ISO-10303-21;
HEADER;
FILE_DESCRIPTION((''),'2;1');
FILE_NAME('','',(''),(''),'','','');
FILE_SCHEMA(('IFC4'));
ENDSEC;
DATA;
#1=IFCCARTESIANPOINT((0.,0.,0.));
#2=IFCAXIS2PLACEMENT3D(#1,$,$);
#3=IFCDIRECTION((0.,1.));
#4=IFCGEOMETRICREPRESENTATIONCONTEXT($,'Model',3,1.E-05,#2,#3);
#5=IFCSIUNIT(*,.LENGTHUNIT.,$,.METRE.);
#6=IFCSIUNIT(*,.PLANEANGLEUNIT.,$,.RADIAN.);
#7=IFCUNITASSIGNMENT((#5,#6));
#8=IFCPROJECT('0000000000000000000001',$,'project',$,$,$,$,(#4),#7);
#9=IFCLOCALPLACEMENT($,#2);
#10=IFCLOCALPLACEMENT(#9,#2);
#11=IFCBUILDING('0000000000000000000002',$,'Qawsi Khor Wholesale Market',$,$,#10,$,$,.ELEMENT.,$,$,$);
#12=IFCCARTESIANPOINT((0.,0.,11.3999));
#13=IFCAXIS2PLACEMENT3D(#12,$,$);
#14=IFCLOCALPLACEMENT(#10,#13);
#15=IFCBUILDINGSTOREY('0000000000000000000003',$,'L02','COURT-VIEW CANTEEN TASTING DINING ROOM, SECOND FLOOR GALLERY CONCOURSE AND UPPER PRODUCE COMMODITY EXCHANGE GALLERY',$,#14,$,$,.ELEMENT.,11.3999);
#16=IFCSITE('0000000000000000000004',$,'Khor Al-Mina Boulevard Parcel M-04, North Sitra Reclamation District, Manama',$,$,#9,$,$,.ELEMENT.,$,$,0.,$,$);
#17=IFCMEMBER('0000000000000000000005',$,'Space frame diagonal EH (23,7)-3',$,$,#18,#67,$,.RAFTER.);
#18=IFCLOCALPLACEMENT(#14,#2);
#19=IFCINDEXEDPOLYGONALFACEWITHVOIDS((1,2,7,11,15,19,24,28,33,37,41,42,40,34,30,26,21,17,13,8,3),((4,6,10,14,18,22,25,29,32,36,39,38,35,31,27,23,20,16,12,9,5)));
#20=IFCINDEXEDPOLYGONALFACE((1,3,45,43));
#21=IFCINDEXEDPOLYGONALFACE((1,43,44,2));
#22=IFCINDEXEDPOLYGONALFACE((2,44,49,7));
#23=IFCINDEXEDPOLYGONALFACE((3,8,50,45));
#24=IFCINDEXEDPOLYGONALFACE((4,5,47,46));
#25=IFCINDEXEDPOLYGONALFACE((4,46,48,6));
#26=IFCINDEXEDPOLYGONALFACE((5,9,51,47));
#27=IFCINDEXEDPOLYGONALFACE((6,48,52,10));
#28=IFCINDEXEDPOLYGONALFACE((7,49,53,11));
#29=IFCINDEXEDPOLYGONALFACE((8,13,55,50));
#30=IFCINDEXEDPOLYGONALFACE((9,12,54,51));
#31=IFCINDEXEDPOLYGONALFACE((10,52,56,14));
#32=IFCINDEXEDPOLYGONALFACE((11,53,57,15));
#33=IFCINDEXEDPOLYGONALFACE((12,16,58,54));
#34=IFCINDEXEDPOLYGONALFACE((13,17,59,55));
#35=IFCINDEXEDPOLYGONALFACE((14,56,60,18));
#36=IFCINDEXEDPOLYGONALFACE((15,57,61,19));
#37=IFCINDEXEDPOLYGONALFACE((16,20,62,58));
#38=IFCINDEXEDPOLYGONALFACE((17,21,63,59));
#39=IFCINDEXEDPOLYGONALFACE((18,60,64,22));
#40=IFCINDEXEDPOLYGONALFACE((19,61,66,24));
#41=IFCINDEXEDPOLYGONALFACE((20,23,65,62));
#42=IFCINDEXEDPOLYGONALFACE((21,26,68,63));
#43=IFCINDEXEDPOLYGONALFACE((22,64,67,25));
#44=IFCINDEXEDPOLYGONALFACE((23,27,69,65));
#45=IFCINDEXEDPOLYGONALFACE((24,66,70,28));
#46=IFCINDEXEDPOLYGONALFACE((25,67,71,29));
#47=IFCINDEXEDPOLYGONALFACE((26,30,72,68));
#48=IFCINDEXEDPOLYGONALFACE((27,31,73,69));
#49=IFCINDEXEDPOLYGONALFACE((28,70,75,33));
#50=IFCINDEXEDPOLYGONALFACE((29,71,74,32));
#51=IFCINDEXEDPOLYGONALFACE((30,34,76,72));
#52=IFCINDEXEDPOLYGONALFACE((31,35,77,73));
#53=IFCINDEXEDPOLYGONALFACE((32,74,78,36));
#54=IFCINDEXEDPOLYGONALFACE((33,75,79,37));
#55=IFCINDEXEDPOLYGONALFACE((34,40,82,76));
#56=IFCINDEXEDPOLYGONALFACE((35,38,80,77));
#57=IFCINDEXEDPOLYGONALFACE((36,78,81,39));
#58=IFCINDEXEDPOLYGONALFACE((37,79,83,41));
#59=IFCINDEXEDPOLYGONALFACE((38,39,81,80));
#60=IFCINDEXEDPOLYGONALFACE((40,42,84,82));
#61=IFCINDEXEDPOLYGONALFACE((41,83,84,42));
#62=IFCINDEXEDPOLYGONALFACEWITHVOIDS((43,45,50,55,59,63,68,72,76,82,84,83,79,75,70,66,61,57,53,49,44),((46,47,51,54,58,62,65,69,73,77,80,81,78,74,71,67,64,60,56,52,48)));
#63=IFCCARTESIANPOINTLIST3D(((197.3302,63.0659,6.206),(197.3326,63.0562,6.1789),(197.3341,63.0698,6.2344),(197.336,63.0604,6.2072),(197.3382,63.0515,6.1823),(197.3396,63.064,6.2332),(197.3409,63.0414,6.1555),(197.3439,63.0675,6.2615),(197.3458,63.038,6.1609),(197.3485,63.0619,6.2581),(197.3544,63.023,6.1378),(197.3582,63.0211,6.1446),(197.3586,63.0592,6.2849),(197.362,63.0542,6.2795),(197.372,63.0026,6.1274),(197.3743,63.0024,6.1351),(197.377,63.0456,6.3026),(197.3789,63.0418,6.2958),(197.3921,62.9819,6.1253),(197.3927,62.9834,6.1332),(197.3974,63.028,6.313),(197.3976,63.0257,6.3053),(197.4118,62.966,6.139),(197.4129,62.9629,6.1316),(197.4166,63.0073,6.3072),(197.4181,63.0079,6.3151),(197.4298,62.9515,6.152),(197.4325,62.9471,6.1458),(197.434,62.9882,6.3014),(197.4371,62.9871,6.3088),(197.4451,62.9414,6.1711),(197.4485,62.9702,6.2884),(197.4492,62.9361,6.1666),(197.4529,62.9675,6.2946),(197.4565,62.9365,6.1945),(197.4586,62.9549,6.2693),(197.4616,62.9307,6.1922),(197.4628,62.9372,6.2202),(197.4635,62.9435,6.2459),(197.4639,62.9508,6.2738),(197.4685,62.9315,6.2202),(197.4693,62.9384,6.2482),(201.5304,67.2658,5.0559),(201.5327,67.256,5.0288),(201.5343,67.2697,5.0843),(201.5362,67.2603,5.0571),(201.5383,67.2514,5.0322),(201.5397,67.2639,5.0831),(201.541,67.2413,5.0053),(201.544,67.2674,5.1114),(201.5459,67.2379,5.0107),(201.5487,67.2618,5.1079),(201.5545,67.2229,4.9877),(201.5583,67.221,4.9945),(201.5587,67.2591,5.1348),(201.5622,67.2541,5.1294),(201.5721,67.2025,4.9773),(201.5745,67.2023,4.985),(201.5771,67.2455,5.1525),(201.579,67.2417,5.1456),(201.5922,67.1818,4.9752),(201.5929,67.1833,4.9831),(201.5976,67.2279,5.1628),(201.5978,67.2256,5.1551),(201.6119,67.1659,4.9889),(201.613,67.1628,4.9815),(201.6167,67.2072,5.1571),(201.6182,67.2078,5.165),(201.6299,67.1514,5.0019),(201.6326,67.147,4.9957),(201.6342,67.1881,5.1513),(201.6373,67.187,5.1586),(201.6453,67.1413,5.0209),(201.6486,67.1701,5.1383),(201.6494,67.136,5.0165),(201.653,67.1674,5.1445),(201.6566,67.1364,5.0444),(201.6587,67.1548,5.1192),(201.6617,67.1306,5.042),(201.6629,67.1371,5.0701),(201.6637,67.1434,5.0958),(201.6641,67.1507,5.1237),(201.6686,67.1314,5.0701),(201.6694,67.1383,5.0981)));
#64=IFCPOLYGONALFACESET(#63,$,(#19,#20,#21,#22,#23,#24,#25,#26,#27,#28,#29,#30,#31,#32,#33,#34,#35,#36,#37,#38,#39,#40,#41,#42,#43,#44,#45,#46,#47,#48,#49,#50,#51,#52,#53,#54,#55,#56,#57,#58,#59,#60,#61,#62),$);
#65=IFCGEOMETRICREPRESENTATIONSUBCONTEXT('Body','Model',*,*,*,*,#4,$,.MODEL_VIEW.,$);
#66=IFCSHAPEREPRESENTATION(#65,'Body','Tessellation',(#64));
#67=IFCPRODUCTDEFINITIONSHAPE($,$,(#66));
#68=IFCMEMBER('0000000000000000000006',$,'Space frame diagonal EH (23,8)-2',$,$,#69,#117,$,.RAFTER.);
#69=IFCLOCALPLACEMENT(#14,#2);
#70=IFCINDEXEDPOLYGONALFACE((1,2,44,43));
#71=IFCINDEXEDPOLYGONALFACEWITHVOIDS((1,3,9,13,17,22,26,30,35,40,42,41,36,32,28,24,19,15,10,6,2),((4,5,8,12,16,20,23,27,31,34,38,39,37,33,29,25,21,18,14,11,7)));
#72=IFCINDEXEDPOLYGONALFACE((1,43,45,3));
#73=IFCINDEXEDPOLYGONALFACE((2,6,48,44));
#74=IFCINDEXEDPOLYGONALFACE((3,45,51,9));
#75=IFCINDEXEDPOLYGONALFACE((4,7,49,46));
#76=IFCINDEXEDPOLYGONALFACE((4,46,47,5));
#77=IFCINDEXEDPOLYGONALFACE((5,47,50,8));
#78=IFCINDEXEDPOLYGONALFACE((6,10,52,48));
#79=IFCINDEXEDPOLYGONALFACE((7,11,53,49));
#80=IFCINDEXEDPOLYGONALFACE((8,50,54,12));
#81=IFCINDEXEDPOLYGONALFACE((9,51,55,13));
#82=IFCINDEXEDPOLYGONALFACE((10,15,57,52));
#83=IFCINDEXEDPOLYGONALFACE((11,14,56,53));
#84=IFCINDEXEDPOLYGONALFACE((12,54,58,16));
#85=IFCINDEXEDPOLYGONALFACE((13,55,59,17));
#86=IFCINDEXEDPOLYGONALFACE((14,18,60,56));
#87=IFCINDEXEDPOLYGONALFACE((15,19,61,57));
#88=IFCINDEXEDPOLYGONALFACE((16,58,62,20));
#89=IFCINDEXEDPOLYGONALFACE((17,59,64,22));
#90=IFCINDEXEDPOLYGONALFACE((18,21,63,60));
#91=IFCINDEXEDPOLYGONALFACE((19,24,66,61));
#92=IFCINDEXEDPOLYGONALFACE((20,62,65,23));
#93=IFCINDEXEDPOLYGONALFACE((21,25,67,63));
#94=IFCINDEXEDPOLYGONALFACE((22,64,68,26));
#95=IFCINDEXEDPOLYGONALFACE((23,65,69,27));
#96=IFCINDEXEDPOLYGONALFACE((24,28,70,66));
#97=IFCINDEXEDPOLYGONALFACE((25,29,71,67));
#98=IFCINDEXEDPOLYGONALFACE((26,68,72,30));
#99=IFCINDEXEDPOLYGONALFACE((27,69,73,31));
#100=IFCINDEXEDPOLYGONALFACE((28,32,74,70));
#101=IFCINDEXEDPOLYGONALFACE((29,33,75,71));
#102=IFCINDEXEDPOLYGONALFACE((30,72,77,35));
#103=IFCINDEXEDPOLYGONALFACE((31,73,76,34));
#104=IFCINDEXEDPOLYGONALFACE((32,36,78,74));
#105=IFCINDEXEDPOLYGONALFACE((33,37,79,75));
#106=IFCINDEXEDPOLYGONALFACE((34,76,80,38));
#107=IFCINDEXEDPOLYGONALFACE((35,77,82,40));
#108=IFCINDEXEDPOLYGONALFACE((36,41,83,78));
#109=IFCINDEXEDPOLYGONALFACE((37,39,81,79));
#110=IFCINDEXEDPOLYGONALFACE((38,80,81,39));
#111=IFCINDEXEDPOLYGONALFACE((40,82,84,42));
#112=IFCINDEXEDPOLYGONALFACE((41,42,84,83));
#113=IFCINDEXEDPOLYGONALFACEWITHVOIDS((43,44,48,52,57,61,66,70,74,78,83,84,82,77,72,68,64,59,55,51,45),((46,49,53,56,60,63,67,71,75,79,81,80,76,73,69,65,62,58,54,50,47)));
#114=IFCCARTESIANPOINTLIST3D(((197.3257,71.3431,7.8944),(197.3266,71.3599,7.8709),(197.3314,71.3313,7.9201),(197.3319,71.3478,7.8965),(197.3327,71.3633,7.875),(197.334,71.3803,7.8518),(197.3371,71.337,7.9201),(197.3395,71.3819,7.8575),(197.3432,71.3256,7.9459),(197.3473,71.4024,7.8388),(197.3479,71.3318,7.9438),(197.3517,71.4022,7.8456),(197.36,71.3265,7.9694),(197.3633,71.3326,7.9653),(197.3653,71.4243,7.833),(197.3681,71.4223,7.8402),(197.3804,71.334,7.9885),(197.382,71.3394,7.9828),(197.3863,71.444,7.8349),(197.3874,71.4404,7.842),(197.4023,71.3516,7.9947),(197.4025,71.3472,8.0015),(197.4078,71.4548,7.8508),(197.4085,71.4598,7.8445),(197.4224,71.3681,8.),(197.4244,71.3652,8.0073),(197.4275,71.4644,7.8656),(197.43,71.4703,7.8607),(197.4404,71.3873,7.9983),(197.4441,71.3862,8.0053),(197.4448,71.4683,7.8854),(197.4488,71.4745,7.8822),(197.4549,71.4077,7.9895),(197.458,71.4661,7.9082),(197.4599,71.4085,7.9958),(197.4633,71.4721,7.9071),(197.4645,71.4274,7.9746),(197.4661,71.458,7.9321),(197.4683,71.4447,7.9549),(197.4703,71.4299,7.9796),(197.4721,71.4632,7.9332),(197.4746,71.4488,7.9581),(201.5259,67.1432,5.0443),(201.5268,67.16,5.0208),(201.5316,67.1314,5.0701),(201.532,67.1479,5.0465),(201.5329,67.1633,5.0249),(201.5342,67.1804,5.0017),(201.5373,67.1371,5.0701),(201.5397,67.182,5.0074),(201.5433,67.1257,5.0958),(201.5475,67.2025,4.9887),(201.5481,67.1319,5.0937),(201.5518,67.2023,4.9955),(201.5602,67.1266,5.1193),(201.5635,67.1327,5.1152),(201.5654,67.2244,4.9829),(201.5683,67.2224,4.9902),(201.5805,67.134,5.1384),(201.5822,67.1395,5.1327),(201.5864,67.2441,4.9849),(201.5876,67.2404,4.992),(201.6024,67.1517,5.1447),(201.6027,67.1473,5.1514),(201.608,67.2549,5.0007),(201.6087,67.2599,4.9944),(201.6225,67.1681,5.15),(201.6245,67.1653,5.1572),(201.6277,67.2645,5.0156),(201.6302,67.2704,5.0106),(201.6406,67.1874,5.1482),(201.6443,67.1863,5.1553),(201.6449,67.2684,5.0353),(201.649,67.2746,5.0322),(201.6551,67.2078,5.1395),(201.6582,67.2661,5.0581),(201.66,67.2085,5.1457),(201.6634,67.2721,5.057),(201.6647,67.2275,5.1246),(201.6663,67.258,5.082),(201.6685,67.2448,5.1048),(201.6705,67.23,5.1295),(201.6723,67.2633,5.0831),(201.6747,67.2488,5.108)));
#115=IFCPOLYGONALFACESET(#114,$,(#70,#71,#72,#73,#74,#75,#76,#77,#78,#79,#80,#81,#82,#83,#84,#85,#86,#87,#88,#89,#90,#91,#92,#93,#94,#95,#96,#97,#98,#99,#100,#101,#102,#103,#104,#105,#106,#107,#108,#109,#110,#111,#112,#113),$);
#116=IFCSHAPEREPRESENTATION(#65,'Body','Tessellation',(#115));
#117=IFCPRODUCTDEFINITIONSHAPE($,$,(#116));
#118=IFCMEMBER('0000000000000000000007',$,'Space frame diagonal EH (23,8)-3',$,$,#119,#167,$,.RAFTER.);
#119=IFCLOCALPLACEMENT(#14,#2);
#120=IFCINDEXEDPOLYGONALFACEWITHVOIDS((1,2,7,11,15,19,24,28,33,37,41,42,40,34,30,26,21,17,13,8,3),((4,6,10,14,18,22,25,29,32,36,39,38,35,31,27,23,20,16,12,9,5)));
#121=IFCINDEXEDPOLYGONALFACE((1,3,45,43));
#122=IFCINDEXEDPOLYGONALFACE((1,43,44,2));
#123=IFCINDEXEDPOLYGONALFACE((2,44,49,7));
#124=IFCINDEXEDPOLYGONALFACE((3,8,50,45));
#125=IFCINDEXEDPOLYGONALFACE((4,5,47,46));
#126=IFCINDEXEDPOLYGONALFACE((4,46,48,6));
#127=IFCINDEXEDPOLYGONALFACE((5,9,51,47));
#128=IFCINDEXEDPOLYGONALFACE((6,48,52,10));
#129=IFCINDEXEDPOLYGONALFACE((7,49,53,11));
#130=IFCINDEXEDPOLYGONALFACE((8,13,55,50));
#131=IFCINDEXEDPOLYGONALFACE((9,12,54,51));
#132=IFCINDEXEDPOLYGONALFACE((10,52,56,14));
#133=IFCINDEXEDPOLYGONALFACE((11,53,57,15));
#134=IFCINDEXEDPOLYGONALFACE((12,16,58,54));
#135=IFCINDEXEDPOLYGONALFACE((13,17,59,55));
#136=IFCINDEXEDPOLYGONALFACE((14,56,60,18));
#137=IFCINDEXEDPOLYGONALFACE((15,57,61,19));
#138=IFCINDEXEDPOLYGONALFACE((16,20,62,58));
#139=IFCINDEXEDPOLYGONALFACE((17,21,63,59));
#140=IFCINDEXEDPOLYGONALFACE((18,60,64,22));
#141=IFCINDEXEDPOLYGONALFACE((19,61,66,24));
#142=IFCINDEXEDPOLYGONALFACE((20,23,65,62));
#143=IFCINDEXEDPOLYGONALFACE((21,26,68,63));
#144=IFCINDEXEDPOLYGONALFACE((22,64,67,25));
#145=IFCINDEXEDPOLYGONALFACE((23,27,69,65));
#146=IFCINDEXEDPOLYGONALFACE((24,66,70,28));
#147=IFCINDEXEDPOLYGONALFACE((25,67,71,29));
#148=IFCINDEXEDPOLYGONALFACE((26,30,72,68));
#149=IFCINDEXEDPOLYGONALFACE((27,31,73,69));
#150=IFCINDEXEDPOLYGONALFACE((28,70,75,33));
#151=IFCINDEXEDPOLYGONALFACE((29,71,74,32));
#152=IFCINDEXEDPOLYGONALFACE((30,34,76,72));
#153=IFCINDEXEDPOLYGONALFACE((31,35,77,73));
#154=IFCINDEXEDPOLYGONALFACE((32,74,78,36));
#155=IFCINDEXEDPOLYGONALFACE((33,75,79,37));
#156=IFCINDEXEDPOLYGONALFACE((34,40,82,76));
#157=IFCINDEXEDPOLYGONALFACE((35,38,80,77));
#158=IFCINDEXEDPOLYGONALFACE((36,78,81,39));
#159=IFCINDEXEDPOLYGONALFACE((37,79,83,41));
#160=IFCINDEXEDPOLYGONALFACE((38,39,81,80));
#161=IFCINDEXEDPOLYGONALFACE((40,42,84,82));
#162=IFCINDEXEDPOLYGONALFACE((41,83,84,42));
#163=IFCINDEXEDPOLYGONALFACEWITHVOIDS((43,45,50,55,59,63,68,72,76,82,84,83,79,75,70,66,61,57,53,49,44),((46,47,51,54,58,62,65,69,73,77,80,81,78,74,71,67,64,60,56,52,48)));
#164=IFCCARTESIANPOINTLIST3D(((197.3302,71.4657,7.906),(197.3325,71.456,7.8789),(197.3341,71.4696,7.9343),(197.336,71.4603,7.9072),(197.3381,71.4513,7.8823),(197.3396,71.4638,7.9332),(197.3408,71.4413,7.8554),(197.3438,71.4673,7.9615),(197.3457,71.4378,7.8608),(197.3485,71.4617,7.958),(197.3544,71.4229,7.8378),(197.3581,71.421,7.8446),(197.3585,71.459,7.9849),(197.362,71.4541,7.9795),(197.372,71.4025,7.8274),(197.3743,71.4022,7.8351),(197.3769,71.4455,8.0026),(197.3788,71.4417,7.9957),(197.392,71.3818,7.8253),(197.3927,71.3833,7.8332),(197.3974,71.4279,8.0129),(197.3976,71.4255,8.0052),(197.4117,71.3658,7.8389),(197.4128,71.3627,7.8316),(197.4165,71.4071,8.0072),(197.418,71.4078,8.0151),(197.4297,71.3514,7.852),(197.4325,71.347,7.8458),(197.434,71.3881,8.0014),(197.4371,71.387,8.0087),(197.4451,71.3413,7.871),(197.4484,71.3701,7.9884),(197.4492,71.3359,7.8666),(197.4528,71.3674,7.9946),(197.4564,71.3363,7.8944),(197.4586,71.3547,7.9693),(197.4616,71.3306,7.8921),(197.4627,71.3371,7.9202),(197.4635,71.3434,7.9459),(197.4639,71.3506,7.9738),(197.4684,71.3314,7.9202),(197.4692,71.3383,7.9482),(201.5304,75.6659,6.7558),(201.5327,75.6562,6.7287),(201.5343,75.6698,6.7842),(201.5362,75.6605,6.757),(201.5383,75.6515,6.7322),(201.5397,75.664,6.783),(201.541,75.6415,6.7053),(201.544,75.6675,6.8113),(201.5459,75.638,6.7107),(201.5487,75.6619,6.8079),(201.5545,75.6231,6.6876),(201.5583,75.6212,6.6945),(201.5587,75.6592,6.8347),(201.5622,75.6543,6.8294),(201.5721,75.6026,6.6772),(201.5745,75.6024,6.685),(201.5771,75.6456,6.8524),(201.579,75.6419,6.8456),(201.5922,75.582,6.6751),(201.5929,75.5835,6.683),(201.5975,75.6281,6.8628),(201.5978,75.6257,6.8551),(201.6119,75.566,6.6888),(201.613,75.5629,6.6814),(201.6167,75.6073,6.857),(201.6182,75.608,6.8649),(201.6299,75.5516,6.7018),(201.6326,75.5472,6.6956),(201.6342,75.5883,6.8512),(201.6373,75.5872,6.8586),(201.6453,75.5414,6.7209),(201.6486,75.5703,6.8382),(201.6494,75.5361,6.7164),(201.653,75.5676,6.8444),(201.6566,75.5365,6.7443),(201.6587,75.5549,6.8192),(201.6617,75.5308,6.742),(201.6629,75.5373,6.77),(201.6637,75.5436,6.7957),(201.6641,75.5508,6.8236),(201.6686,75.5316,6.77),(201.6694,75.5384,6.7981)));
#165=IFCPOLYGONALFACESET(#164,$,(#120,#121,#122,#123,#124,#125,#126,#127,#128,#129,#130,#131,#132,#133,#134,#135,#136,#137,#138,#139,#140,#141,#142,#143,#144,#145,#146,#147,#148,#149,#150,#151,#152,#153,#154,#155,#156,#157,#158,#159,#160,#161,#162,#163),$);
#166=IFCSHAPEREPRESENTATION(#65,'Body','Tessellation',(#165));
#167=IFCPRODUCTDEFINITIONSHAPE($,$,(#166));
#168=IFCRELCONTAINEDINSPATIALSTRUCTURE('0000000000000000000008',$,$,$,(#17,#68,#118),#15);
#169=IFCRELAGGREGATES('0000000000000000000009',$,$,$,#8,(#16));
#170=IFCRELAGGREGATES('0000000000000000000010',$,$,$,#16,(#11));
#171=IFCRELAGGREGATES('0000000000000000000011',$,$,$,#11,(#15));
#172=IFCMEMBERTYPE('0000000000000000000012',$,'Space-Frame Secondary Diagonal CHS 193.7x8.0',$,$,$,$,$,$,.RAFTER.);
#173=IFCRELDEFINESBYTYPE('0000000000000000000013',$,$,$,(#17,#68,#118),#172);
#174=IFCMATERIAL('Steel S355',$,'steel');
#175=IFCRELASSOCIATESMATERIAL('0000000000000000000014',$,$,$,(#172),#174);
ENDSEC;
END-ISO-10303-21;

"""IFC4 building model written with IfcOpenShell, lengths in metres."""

from ifc_helpers import new_model, si_unit, direction, frame, origin, origin_2d, place, context, subcontext, project, spatial, hollow_circle, extrude, material, material_profile, profile_set, type_object, element, save


model = new_model("IFC4")

# Units and contexts
model_context = context("Model", 3, precision=1e-05, world=origin(), true_north=direction((0.0, 1.0)))
body_context = subcontext(model_context, "Body", "Model", "MODEL_VIEW")
ifc_project = project(units=[si_unit("LENGTHUNIT", "METRE"), si_unit("PLANEANGLEUNIT", "RADIAN")], contexts=[model_context])

# Site, building, storey
site_placement = place(None, origin())
site = spatial("IfcSite", under=ifc_project, at=site_placement, Name="Khor Al-Mina Boulevard Parcel M-04, North Sitra Reclamation District, Manama", CompositionType="ELEMENT", RefElevation=0.0)
building_placement = place(site_placement, origin())
building = spatial("IfcBuilding", under=site, at=building_placement, Name="Qawsi Khor Wholesale Market", CompositionType="ELEMENT")
storey_placement = place(building_placement, frame((0.0, 0.0, 11.3999)))
storey = spatial("IfcBuildingStorey", under=building, at=storey_placement, Name="L02", Description="COURT-VIEW CANTEEN TASTING DINING ROOM, SECOND FLOOR GALLERY CONCOURSE AND UPPER PRODUCE COMMODITY EXCHANGE GALLERY", CompositionType="ELEMENT", Elevation=11.3999)

# Members
ifc_material_1 = material(Name="Steel S355", Category="steel")
ifc_material_profile_1 = material_profile(ifc_material_1, hollow_circle(Radius=0.0969, WallThickness=0.0081, at=origin_2d()), Name="CHS 193.7x8.0")
ifc_profile_set_1 = profile_set([ifc_material_profile_1], Name="Steel S355")
member_type_1 = type_object("IfcMemberType", Name="Space-Frame Secondary Diagonal CHS 193.7x8.0", PredefinedType="RAFTER", material=ifc_profile_set_1)
for number, where, z_axis, x_axis, name in (
    (1, (201.6001, 67.2, 5.0701), (-0.694232, -0.694192, 0.190103), (0.707086, -0.707127, 0.0), "Space frame diagonal EH (23,7)-3"),
):
    element("IfcMember", number, at=place(storey_placement, frame(where, z_axis=z_axis, x_axis=x_axis)), inside=storey, type_object=member_type_1, Name=name, PredefinedType="RAFTER", context=body_context, shape_type="SweptSolid", body=[
        extrude(hollow_circle(Radius=0.0969, WallThickness=0.0081, at=origin_2d()), origin(), (0.0, 0.0, 1.0), 6.05),
    ])
member_1_placement = place(storey_placement, frame((201.6001, 67.2, 5.0701), z_axis=(-0.637534, 0.637497, 0.432607), x_axis=(-0.707086, -0.707127, 0.0)))
element("IfcMember", 2, at=member_1_placement, inside=storey, type_object=member_type_1, Name="Space frame diagonal EH (23,8)-2", PredefinedType="RAFTER", context=body_context, shape_type="SweptSolid", body=[
    extrude(hollow_circle(Radius=0.0969, WallThickness=0.0081, at=origin_2d()), origin(), (0.0, 0.0, 1.0), 6.5881),
])
member_2_placement = place(storey_placement, frame((201.6001, 75.6001, 6.77), z_axis=(-0.694213, -0.694213, 0.190097), x_axis=(0.707107, -0.707107, 0.0)))
element("IfcMember", 3, at=member_2_placement, inside=storey, type_object=member_type_1, Name="Space frame diagonal EH (23,8)-3", PredefinedType="RAFTER", context=body_context, shape_type="SweptSolid", body=[
    extrude(hollow_circle(Radius=0.0969, WallThickness=0.0081, at=origin_2d()), origin(), (0.0, 0.0, 1.0), 6.0503),
])

save(model, "model.ifc")
